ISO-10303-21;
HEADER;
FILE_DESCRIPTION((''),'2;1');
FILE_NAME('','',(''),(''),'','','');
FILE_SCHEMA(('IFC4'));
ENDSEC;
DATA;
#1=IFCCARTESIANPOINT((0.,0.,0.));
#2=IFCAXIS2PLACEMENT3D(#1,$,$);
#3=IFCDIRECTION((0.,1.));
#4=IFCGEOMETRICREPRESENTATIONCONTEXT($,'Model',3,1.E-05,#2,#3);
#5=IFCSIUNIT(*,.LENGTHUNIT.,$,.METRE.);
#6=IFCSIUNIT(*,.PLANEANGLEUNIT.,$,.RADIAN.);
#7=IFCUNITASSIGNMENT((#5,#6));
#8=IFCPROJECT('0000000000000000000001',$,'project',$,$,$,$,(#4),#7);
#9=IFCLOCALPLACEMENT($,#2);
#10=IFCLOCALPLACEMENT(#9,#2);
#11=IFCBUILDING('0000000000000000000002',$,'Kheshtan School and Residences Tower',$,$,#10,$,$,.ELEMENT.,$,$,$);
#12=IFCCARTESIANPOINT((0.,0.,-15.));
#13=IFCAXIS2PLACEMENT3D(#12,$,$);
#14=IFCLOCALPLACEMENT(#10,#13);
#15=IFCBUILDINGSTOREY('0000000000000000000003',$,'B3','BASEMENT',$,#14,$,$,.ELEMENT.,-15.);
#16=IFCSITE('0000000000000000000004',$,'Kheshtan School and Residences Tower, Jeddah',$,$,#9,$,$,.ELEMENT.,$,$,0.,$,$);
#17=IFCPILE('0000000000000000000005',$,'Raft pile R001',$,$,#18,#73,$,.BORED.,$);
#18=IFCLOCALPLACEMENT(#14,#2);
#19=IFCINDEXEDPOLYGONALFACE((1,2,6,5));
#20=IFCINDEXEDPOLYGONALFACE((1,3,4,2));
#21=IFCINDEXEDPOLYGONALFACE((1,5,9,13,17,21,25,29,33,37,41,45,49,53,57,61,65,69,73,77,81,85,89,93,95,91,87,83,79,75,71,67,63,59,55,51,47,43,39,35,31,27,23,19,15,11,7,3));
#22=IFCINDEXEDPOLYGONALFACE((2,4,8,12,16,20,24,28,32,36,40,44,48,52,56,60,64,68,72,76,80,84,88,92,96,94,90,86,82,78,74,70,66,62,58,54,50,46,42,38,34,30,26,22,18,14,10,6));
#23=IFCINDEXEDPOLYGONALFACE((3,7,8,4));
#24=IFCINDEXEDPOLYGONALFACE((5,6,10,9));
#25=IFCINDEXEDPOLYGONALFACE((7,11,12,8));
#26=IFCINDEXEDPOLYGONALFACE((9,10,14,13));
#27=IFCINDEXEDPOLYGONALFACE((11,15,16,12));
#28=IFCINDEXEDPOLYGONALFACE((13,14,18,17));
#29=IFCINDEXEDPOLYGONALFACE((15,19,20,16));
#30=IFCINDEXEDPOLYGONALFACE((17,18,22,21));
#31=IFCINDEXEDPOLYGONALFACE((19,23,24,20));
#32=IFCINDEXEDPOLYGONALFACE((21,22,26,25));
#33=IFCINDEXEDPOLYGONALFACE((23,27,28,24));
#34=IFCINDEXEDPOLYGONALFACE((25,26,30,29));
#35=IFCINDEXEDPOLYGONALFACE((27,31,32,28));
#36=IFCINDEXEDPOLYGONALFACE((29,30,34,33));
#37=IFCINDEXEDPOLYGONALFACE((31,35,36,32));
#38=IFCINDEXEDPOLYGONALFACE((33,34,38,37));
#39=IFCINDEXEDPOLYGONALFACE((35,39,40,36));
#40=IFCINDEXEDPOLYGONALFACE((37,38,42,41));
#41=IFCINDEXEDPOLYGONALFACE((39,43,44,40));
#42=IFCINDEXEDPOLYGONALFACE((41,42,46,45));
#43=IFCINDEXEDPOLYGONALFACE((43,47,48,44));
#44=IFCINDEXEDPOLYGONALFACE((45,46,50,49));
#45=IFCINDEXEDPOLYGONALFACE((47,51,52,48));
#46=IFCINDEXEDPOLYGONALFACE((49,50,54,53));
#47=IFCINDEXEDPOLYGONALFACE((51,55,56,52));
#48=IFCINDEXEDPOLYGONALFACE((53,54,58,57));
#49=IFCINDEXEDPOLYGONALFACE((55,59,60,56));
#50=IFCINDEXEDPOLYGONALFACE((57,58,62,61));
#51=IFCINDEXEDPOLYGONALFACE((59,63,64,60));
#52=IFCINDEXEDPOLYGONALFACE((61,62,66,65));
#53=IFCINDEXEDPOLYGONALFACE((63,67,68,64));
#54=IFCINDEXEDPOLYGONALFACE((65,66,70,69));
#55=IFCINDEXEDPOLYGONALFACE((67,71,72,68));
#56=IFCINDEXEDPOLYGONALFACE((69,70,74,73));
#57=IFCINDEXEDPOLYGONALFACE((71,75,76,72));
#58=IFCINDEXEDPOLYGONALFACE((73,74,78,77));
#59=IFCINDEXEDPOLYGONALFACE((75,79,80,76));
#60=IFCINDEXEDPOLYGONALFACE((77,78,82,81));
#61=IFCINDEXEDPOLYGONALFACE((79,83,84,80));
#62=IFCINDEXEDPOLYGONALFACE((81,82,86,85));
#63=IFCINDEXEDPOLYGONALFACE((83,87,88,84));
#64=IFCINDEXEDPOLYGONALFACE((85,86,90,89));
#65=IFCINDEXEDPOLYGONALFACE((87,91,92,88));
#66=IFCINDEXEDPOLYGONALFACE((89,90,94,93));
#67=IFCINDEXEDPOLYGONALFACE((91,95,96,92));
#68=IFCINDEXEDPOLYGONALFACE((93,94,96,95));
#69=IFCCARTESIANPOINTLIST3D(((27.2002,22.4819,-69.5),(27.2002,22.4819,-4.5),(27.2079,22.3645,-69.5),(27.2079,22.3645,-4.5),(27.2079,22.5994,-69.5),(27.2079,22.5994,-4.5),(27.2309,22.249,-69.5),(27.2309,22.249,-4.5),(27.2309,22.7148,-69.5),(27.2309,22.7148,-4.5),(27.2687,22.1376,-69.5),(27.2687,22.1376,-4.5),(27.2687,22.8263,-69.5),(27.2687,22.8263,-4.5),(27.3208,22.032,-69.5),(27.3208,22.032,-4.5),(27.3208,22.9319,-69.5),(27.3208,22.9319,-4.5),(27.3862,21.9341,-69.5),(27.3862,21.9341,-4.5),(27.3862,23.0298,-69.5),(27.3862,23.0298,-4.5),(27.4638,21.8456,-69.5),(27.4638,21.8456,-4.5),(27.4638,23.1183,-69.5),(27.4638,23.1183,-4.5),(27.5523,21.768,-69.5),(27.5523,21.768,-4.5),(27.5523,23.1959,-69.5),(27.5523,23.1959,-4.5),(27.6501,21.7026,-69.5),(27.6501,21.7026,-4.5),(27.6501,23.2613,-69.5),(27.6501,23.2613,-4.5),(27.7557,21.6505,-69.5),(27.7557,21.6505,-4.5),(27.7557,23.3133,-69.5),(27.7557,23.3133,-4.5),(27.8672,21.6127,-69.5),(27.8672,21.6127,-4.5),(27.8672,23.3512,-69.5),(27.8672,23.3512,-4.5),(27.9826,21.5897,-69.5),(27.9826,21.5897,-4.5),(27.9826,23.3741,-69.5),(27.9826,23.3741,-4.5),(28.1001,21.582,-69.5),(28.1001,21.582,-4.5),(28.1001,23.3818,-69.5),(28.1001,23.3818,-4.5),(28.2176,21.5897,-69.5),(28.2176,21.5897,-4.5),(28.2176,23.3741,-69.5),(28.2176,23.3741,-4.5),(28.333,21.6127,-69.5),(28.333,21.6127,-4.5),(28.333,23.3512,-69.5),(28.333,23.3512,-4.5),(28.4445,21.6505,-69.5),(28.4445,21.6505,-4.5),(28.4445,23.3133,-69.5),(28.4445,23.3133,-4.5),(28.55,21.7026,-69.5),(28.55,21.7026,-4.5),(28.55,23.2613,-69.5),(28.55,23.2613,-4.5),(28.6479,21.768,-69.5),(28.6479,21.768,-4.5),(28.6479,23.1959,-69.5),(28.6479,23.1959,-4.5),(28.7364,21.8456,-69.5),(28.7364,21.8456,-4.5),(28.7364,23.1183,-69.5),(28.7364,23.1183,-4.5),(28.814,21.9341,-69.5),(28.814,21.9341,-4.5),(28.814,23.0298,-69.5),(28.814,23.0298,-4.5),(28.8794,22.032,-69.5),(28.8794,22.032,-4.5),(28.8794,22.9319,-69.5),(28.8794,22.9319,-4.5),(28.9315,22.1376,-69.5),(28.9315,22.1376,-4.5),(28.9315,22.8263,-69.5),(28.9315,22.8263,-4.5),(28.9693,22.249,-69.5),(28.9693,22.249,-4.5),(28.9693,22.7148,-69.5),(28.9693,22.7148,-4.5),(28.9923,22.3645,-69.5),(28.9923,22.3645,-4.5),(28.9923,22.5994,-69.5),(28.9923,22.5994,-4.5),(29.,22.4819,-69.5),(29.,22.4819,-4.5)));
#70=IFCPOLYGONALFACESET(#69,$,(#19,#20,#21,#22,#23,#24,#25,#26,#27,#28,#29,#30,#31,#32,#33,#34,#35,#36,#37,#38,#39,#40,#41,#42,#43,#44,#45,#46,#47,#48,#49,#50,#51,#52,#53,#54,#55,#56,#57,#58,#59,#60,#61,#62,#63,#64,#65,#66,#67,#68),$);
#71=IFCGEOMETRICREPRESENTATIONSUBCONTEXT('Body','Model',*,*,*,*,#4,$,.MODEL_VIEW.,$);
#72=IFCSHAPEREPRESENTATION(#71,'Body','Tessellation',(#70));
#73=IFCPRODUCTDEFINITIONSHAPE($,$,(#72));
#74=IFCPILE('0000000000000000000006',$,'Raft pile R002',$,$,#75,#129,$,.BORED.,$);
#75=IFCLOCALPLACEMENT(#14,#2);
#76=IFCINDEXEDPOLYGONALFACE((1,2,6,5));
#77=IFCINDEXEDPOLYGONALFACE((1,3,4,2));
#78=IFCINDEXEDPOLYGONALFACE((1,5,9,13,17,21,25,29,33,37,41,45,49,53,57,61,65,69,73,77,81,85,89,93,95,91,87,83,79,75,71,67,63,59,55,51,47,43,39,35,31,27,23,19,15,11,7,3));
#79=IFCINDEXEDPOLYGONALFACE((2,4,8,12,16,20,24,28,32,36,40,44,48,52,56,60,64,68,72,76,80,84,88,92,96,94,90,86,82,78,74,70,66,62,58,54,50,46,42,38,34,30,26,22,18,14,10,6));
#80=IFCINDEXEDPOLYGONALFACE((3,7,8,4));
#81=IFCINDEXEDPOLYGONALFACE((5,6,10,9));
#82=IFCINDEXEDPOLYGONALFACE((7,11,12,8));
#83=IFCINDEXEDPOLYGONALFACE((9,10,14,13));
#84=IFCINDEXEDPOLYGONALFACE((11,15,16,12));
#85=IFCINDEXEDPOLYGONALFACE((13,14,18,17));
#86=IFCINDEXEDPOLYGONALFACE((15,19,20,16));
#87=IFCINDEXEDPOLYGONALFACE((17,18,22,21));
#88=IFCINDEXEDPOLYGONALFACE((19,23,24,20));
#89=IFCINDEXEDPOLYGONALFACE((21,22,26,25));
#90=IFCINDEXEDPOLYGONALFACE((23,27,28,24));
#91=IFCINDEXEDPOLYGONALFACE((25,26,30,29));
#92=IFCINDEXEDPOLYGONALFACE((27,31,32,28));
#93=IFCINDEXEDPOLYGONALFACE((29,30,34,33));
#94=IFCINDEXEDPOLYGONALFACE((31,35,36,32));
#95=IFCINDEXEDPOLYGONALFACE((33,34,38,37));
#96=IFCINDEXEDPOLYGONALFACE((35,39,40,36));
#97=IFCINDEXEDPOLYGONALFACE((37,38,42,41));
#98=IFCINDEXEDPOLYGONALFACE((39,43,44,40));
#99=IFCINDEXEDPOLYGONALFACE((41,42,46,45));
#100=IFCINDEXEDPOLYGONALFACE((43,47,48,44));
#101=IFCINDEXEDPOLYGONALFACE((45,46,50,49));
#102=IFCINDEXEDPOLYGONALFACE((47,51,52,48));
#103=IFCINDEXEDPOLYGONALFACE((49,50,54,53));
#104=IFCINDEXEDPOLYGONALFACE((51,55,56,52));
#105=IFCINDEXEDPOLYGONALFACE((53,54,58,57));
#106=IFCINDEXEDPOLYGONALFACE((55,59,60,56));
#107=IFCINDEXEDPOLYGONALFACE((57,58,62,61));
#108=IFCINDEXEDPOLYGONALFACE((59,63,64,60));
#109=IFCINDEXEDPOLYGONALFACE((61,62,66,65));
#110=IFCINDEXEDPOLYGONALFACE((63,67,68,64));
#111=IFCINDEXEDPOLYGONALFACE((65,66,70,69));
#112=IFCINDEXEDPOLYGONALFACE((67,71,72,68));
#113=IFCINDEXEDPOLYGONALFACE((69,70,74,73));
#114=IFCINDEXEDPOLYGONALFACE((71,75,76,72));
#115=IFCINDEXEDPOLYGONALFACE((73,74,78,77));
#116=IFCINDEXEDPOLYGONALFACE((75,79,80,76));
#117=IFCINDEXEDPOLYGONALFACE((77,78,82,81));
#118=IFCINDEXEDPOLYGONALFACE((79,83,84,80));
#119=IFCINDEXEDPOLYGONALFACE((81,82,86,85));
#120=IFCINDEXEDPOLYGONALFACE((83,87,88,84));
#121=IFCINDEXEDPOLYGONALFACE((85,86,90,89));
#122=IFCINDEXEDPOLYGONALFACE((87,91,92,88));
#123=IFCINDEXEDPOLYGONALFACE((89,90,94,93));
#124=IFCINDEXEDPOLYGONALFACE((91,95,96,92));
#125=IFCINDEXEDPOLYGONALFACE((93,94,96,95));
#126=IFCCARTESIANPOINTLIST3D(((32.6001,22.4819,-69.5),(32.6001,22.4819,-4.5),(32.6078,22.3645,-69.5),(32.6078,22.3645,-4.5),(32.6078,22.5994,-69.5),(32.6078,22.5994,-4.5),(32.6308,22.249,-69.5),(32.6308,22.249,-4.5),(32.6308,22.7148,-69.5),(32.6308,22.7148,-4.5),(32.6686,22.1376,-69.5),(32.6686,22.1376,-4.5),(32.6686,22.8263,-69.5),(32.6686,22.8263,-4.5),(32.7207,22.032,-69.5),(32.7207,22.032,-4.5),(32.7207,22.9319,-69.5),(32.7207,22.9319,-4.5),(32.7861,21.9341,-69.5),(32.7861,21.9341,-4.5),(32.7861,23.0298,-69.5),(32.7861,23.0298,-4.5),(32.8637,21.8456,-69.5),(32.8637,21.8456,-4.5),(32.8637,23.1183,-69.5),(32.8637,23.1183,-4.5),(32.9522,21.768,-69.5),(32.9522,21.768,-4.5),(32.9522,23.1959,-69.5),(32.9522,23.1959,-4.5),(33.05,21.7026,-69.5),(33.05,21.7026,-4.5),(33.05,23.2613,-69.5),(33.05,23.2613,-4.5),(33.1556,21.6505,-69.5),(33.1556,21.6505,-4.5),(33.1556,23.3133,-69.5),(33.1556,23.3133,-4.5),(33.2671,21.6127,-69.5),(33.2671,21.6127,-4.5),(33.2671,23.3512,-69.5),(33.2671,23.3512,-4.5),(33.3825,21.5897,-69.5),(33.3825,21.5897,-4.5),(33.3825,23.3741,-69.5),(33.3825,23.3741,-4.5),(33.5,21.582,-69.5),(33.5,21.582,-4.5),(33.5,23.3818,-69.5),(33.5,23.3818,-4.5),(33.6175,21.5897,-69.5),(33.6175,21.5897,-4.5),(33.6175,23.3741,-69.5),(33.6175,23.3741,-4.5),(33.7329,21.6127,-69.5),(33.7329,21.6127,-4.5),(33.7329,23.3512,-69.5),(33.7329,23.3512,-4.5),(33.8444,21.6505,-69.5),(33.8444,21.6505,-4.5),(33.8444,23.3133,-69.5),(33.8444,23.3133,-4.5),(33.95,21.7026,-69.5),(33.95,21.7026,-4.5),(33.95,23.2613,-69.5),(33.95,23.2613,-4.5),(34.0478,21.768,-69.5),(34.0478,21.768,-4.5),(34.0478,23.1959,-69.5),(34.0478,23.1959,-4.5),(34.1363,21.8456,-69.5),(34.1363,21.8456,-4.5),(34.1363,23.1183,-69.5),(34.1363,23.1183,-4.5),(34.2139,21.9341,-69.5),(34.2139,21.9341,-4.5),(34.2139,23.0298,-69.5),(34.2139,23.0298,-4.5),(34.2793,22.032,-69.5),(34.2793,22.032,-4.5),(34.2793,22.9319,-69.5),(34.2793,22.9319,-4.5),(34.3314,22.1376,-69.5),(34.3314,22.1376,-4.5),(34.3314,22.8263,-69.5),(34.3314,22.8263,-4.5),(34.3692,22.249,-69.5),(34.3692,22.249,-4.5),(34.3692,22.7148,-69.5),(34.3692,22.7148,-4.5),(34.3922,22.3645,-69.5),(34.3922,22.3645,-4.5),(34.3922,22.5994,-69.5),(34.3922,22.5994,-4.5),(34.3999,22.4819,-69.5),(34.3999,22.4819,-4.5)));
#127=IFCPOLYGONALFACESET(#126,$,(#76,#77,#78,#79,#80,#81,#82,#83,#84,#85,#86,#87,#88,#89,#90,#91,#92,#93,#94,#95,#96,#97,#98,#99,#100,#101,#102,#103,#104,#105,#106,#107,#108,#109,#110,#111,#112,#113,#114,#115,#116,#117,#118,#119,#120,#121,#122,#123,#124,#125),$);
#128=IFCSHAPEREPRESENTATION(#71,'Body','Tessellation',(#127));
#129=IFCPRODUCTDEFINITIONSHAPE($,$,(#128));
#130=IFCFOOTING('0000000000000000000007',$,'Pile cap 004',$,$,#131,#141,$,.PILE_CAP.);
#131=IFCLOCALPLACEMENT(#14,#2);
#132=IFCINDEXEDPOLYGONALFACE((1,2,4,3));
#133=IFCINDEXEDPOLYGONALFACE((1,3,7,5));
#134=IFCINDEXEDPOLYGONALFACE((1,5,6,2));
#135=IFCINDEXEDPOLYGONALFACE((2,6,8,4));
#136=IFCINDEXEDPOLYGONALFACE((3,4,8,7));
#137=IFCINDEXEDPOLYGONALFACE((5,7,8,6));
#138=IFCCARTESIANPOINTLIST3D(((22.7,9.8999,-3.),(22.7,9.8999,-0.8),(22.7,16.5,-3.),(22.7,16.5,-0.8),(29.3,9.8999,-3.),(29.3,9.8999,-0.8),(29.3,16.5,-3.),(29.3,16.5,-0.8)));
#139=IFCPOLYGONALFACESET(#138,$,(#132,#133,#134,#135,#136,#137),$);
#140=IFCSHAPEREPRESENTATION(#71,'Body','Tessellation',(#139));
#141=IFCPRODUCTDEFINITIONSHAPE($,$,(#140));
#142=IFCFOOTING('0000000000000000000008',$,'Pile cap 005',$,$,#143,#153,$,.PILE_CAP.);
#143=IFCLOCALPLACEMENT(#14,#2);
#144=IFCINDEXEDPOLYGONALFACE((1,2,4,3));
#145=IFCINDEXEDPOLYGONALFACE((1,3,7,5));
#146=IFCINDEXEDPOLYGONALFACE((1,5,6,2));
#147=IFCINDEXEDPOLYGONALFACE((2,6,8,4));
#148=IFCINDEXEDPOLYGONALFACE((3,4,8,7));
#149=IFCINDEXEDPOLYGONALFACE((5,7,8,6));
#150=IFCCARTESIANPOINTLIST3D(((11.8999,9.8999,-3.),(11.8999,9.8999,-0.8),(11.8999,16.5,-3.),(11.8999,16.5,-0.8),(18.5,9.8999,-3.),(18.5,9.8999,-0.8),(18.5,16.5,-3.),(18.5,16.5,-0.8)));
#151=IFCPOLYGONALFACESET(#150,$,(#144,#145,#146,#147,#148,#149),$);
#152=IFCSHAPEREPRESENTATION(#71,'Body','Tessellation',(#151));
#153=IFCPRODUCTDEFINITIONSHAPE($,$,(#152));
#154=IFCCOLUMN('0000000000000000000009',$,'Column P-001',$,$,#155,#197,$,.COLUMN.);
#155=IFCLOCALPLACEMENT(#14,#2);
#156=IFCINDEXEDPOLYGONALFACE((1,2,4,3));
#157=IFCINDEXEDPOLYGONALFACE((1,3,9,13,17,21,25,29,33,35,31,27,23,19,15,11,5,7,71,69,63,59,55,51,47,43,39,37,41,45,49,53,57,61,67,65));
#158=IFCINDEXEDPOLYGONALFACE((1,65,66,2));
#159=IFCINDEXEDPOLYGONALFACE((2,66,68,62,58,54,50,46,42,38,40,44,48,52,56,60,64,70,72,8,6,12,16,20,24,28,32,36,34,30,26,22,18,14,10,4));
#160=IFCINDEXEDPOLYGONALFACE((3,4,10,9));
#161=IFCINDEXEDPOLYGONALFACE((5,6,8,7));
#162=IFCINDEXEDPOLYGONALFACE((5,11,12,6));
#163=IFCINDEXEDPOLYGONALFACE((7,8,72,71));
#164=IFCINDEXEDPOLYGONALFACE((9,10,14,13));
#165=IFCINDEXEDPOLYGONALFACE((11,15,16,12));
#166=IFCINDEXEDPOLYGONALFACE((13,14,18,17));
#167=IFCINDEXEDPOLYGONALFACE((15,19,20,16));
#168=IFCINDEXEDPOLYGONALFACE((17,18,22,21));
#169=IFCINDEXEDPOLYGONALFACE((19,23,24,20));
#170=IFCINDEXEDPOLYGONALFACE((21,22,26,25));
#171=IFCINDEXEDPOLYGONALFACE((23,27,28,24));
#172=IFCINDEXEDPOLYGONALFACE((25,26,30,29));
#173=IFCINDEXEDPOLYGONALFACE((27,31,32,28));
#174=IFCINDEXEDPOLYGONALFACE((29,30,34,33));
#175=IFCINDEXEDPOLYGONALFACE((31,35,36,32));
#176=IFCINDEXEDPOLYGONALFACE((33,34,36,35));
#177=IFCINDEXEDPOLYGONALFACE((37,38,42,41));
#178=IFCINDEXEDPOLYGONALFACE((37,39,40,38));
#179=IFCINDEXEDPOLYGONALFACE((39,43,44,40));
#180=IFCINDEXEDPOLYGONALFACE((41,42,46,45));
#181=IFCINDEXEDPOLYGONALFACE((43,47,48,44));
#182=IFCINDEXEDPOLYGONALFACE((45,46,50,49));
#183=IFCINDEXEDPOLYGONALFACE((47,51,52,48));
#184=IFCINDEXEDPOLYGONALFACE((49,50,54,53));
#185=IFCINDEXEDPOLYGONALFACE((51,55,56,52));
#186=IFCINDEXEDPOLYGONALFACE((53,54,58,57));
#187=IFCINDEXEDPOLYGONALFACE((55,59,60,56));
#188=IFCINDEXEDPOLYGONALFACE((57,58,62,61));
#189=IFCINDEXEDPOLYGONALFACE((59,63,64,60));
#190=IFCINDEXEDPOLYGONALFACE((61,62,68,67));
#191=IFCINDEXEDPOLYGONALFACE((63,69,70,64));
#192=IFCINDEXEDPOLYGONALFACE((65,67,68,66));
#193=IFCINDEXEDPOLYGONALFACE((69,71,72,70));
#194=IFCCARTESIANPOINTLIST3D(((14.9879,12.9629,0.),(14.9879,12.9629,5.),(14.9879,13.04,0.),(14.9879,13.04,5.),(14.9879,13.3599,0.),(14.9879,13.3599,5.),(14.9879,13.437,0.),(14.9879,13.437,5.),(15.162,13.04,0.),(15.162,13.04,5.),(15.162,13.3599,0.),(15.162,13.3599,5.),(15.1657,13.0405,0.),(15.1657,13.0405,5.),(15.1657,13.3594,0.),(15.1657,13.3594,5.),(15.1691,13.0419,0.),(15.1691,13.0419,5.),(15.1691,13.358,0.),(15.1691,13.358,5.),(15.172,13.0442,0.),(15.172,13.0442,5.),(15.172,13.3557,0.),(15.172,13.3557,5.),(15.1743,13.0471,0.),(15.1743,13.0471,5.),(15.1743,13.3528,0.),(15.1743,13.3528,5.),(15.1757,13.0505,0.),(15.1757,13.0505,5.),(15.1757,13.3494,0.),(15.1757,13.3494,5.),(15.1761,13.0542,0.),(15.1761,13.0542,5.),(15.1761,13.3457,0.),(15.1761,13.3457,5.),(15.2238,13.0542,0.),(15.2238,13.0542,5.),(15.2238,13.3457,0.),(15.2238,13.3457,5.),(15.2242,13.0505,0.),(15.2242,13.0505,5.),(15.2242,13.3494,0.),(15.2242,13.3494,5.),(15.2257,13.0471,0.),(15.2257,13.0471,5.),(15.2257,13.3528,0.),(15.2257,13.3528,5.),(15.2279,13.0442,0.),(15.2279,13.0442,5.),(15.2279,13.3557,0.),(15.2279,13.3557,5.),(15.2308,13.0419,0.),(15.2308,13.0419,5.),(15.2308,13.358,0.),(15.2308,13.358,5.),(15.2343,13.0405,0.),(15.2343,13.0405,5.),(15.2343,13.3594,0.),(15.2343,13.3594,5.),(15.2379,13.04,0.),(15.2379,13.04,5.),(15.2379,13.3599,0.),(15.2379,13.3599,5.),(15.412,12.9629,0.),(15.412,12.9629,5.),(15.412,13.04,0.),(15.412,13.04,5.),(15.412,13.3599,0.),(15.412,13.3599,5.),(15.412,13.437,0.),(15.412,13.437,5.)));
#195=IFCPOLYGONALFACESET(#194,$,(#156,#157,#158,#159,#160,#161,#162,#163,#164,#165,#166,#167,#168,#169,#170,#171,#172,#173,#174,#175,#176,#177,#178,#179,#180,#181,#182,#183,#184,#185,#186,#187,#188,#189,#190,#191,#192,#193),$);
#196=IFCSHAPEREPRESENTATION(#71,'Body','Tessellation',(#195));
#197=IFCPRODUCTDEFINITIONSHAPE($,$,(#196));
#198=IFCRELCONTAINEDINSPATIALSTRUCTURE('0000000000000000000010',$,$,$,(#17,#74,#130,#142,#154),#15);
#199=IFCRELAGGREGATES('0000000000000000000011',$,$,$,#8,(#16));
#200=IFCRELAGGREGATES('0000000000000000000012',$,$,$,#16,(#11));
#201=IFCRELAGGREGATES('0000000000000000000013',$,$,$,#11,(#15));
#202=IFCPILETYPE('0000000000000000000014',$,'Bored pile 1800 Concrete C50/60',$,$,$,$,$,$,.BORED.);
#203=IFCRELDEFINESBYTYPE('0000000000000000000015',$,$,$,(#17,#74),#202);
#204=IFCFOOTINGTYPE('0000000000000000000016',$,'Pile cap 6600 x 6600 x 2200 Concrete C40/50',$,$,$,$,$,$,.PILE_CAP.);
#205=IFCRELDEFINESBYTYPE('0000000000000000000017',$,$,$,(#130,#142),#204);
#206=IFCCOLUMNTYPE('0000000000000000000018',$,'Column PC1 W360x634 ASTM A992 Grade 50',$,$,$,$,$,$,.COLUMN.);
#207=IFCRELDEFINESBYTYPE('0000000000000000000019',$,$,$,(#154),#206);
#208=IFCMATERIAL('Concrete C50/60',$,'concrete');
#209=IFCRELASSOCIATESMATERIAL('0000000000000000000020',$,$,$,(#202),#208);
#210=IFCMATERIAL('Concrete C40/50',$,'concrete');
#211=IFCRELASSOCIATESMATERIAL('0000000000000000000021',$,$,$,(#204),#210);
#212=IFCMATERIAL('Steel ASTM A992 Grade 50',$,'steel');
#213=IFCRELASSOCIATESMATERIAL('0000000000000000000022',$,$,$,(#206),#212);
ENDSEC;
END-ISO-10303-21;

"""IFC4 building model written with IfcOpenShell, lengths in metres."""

from ifc_helpers import new_model, si_unit, direction, frame, origin, origin_2d, place, context, subcontext, project, spatial, rectangle, circle, i_section, extrude, material, material_profile, profile_set, type_object, element, save


model = new_model("IFC4")

# Units and contexts
model_context = context("Model", 3, precision=1e-05, world=origin(), true_north=direction((0.0, 1.0)))
body_context = subcontext(model_context, "Body", "Model", "MODEL_VIEW")
ifc_project = project(units=[si_unit("LENGTHUNIT", "METRE"), si_unit("PLANEANGLEUNIT", "RADIAN")], contexts=[model_context])

# Site, building, storey
site_placement = place(None, origin())
site = spatial("IfcSite", under=ifc_project, at=site_placement, Name="Kheshtan School and Residences Tower, Jeddah", CompositionType="ELEMENT", RefElevation=0.0)
building_placement = place(site_placement, origin())
building = spatial("IfcBuilding", under=site, at=building_placement, Name="Kheshtan School and Residences Tower", CompositionType="ELEMENT")
storey_placement = place(building_placement, frame((0.0, 0.0, -15.0)))
storey = spatial("IfcBuildingStorey", under=building, at=storey_placement, Name="B3", Description="BASEMENT", CompositionType="ELEMENT", Elevation=-15.0)

# Piles
ifc_material_1 = material(Name="Concrete C50/60", Category="concrete")
ifc_material_profile_1 = material_profile(ifc_material_1, circle(Radius=0.8999, at=origin_2d()), Name="BP 1800")
ifc_profile_set_1 = profile_set([ifc_material_profile_1], Name="Concrete C50/60")
pile_type_1 = type_object("IfcPileType", Name="Bored pile 1800 Concrete C50/60", PredefinedType="BORED", material=ifc_profile_set_1)
for number, where, z_axis, x_axis, name in (
    (1, (28.1001, 22.4819, -4.5), (0.0, 0.0, -1.0), (1.0, 0.0, 0.0), "Raft pile R001"),
    (2, (33.5, 22.4819, -4.5), (0.0, 0.0, -1.0), (1.0, 0.0, 0.0), "Raft pile R002"),
):
    element("IfcPile", number, at=place(storey_placement, frame(where, z_axis=z_axis, x_axis=x_axis)), inside=storey, type_object=pile_type_1, Name=name, PredefinedType="BORED", context=body_context, shape_type="SweptSolid", body=[
        extrude(circle(Radius=0.8999, at=origin_2d()), origin(), (0.0, 0.0, 1.0), 65.0),
    ])

# Footings
ifc_material_2 = material(Name="Concrete C40/50", Category="concrete")
footing_type = type_object("IfcFootingType", Name="Pile cap 6600 x 6600 x 2200 Concrete C40/50", PredefinedType="PILE_CAP", material=ifc_material_2)
for number, where, z_axis, x_axis, name in (
    (3, (26.0, 13.2, -3.0), (0.0, 0.0, 1.0), (1.0, 0.0, 0.0), "Pile cap 004"),
    (4, (15.2, 13.2, -3.0), (0.0, 0.0, 1.0), (1.0, 0.0, 0.0), "Pile cap 005"),
):
    element("IfcFooting", number, at=place(storey_placement, frame(where, z_axis=z_axis, x_axis=x_axis)), inside=storey, type_object=footing_type, Name=name, PredefinedType="PILE_CAP", context=body_context, shape_type="SweptSolid", body=[
        extrude(rectangle(XDim=6.6001, YDim=6.6001, at=origin_2d()), origin(), (0.0, 0.0, 1.0), 2.2),
    ])

# Column
ifc_material_3 = material(Name="Steel ASTM A992 Grade 50", Category="steel")
ifc_material_profile_2 = material_profile(ifc_material_3, i_section(OverallWidth=0.4241, OverallDepth=0.4741, WebThickness=0.0476, FlangeThickness=0.0771, FilletRadius=0.0142, at=origin_2d()), Name="W360x634")
ifc_profile_set_2 = profile_set([ifc_material_profile_2], Name="Steel ASTM A992 Grade 50")
column_type = type_object("IfcColumnType", Name="Column PC1 W360x634 ASTM A992 Grade 50", PredefinedType="COLUMN", material=ifc_profile_set_2)
for number, where, z_axis, x_axis, name in (
    (5, (15.2, 13.2, 0.0), (0.0, 0.0, 1.0), (1.0, 0.0, 0.0), "Column P-001"),
):
    element("IfcColumn", number, at=place(storey_placement, frame(where, z_axis=z_axis, x_axis=x_axis)), inside=storey, type_object=column_type, Name=name, PredefinedType="COLUMN", context=body_context, shape_type="SweptSolid", body=[
        extrude(i_section(OverallWidth=0.4241, OverallDepth=0.4741, WebThickness=0.0476, FlangeThickness=0.0771, FilletRadius=0.0142, at=origin_2d()), origin(), (0.0, 0.0, 1.0), 5.0),
    ])

save(model, "model.ifc")
